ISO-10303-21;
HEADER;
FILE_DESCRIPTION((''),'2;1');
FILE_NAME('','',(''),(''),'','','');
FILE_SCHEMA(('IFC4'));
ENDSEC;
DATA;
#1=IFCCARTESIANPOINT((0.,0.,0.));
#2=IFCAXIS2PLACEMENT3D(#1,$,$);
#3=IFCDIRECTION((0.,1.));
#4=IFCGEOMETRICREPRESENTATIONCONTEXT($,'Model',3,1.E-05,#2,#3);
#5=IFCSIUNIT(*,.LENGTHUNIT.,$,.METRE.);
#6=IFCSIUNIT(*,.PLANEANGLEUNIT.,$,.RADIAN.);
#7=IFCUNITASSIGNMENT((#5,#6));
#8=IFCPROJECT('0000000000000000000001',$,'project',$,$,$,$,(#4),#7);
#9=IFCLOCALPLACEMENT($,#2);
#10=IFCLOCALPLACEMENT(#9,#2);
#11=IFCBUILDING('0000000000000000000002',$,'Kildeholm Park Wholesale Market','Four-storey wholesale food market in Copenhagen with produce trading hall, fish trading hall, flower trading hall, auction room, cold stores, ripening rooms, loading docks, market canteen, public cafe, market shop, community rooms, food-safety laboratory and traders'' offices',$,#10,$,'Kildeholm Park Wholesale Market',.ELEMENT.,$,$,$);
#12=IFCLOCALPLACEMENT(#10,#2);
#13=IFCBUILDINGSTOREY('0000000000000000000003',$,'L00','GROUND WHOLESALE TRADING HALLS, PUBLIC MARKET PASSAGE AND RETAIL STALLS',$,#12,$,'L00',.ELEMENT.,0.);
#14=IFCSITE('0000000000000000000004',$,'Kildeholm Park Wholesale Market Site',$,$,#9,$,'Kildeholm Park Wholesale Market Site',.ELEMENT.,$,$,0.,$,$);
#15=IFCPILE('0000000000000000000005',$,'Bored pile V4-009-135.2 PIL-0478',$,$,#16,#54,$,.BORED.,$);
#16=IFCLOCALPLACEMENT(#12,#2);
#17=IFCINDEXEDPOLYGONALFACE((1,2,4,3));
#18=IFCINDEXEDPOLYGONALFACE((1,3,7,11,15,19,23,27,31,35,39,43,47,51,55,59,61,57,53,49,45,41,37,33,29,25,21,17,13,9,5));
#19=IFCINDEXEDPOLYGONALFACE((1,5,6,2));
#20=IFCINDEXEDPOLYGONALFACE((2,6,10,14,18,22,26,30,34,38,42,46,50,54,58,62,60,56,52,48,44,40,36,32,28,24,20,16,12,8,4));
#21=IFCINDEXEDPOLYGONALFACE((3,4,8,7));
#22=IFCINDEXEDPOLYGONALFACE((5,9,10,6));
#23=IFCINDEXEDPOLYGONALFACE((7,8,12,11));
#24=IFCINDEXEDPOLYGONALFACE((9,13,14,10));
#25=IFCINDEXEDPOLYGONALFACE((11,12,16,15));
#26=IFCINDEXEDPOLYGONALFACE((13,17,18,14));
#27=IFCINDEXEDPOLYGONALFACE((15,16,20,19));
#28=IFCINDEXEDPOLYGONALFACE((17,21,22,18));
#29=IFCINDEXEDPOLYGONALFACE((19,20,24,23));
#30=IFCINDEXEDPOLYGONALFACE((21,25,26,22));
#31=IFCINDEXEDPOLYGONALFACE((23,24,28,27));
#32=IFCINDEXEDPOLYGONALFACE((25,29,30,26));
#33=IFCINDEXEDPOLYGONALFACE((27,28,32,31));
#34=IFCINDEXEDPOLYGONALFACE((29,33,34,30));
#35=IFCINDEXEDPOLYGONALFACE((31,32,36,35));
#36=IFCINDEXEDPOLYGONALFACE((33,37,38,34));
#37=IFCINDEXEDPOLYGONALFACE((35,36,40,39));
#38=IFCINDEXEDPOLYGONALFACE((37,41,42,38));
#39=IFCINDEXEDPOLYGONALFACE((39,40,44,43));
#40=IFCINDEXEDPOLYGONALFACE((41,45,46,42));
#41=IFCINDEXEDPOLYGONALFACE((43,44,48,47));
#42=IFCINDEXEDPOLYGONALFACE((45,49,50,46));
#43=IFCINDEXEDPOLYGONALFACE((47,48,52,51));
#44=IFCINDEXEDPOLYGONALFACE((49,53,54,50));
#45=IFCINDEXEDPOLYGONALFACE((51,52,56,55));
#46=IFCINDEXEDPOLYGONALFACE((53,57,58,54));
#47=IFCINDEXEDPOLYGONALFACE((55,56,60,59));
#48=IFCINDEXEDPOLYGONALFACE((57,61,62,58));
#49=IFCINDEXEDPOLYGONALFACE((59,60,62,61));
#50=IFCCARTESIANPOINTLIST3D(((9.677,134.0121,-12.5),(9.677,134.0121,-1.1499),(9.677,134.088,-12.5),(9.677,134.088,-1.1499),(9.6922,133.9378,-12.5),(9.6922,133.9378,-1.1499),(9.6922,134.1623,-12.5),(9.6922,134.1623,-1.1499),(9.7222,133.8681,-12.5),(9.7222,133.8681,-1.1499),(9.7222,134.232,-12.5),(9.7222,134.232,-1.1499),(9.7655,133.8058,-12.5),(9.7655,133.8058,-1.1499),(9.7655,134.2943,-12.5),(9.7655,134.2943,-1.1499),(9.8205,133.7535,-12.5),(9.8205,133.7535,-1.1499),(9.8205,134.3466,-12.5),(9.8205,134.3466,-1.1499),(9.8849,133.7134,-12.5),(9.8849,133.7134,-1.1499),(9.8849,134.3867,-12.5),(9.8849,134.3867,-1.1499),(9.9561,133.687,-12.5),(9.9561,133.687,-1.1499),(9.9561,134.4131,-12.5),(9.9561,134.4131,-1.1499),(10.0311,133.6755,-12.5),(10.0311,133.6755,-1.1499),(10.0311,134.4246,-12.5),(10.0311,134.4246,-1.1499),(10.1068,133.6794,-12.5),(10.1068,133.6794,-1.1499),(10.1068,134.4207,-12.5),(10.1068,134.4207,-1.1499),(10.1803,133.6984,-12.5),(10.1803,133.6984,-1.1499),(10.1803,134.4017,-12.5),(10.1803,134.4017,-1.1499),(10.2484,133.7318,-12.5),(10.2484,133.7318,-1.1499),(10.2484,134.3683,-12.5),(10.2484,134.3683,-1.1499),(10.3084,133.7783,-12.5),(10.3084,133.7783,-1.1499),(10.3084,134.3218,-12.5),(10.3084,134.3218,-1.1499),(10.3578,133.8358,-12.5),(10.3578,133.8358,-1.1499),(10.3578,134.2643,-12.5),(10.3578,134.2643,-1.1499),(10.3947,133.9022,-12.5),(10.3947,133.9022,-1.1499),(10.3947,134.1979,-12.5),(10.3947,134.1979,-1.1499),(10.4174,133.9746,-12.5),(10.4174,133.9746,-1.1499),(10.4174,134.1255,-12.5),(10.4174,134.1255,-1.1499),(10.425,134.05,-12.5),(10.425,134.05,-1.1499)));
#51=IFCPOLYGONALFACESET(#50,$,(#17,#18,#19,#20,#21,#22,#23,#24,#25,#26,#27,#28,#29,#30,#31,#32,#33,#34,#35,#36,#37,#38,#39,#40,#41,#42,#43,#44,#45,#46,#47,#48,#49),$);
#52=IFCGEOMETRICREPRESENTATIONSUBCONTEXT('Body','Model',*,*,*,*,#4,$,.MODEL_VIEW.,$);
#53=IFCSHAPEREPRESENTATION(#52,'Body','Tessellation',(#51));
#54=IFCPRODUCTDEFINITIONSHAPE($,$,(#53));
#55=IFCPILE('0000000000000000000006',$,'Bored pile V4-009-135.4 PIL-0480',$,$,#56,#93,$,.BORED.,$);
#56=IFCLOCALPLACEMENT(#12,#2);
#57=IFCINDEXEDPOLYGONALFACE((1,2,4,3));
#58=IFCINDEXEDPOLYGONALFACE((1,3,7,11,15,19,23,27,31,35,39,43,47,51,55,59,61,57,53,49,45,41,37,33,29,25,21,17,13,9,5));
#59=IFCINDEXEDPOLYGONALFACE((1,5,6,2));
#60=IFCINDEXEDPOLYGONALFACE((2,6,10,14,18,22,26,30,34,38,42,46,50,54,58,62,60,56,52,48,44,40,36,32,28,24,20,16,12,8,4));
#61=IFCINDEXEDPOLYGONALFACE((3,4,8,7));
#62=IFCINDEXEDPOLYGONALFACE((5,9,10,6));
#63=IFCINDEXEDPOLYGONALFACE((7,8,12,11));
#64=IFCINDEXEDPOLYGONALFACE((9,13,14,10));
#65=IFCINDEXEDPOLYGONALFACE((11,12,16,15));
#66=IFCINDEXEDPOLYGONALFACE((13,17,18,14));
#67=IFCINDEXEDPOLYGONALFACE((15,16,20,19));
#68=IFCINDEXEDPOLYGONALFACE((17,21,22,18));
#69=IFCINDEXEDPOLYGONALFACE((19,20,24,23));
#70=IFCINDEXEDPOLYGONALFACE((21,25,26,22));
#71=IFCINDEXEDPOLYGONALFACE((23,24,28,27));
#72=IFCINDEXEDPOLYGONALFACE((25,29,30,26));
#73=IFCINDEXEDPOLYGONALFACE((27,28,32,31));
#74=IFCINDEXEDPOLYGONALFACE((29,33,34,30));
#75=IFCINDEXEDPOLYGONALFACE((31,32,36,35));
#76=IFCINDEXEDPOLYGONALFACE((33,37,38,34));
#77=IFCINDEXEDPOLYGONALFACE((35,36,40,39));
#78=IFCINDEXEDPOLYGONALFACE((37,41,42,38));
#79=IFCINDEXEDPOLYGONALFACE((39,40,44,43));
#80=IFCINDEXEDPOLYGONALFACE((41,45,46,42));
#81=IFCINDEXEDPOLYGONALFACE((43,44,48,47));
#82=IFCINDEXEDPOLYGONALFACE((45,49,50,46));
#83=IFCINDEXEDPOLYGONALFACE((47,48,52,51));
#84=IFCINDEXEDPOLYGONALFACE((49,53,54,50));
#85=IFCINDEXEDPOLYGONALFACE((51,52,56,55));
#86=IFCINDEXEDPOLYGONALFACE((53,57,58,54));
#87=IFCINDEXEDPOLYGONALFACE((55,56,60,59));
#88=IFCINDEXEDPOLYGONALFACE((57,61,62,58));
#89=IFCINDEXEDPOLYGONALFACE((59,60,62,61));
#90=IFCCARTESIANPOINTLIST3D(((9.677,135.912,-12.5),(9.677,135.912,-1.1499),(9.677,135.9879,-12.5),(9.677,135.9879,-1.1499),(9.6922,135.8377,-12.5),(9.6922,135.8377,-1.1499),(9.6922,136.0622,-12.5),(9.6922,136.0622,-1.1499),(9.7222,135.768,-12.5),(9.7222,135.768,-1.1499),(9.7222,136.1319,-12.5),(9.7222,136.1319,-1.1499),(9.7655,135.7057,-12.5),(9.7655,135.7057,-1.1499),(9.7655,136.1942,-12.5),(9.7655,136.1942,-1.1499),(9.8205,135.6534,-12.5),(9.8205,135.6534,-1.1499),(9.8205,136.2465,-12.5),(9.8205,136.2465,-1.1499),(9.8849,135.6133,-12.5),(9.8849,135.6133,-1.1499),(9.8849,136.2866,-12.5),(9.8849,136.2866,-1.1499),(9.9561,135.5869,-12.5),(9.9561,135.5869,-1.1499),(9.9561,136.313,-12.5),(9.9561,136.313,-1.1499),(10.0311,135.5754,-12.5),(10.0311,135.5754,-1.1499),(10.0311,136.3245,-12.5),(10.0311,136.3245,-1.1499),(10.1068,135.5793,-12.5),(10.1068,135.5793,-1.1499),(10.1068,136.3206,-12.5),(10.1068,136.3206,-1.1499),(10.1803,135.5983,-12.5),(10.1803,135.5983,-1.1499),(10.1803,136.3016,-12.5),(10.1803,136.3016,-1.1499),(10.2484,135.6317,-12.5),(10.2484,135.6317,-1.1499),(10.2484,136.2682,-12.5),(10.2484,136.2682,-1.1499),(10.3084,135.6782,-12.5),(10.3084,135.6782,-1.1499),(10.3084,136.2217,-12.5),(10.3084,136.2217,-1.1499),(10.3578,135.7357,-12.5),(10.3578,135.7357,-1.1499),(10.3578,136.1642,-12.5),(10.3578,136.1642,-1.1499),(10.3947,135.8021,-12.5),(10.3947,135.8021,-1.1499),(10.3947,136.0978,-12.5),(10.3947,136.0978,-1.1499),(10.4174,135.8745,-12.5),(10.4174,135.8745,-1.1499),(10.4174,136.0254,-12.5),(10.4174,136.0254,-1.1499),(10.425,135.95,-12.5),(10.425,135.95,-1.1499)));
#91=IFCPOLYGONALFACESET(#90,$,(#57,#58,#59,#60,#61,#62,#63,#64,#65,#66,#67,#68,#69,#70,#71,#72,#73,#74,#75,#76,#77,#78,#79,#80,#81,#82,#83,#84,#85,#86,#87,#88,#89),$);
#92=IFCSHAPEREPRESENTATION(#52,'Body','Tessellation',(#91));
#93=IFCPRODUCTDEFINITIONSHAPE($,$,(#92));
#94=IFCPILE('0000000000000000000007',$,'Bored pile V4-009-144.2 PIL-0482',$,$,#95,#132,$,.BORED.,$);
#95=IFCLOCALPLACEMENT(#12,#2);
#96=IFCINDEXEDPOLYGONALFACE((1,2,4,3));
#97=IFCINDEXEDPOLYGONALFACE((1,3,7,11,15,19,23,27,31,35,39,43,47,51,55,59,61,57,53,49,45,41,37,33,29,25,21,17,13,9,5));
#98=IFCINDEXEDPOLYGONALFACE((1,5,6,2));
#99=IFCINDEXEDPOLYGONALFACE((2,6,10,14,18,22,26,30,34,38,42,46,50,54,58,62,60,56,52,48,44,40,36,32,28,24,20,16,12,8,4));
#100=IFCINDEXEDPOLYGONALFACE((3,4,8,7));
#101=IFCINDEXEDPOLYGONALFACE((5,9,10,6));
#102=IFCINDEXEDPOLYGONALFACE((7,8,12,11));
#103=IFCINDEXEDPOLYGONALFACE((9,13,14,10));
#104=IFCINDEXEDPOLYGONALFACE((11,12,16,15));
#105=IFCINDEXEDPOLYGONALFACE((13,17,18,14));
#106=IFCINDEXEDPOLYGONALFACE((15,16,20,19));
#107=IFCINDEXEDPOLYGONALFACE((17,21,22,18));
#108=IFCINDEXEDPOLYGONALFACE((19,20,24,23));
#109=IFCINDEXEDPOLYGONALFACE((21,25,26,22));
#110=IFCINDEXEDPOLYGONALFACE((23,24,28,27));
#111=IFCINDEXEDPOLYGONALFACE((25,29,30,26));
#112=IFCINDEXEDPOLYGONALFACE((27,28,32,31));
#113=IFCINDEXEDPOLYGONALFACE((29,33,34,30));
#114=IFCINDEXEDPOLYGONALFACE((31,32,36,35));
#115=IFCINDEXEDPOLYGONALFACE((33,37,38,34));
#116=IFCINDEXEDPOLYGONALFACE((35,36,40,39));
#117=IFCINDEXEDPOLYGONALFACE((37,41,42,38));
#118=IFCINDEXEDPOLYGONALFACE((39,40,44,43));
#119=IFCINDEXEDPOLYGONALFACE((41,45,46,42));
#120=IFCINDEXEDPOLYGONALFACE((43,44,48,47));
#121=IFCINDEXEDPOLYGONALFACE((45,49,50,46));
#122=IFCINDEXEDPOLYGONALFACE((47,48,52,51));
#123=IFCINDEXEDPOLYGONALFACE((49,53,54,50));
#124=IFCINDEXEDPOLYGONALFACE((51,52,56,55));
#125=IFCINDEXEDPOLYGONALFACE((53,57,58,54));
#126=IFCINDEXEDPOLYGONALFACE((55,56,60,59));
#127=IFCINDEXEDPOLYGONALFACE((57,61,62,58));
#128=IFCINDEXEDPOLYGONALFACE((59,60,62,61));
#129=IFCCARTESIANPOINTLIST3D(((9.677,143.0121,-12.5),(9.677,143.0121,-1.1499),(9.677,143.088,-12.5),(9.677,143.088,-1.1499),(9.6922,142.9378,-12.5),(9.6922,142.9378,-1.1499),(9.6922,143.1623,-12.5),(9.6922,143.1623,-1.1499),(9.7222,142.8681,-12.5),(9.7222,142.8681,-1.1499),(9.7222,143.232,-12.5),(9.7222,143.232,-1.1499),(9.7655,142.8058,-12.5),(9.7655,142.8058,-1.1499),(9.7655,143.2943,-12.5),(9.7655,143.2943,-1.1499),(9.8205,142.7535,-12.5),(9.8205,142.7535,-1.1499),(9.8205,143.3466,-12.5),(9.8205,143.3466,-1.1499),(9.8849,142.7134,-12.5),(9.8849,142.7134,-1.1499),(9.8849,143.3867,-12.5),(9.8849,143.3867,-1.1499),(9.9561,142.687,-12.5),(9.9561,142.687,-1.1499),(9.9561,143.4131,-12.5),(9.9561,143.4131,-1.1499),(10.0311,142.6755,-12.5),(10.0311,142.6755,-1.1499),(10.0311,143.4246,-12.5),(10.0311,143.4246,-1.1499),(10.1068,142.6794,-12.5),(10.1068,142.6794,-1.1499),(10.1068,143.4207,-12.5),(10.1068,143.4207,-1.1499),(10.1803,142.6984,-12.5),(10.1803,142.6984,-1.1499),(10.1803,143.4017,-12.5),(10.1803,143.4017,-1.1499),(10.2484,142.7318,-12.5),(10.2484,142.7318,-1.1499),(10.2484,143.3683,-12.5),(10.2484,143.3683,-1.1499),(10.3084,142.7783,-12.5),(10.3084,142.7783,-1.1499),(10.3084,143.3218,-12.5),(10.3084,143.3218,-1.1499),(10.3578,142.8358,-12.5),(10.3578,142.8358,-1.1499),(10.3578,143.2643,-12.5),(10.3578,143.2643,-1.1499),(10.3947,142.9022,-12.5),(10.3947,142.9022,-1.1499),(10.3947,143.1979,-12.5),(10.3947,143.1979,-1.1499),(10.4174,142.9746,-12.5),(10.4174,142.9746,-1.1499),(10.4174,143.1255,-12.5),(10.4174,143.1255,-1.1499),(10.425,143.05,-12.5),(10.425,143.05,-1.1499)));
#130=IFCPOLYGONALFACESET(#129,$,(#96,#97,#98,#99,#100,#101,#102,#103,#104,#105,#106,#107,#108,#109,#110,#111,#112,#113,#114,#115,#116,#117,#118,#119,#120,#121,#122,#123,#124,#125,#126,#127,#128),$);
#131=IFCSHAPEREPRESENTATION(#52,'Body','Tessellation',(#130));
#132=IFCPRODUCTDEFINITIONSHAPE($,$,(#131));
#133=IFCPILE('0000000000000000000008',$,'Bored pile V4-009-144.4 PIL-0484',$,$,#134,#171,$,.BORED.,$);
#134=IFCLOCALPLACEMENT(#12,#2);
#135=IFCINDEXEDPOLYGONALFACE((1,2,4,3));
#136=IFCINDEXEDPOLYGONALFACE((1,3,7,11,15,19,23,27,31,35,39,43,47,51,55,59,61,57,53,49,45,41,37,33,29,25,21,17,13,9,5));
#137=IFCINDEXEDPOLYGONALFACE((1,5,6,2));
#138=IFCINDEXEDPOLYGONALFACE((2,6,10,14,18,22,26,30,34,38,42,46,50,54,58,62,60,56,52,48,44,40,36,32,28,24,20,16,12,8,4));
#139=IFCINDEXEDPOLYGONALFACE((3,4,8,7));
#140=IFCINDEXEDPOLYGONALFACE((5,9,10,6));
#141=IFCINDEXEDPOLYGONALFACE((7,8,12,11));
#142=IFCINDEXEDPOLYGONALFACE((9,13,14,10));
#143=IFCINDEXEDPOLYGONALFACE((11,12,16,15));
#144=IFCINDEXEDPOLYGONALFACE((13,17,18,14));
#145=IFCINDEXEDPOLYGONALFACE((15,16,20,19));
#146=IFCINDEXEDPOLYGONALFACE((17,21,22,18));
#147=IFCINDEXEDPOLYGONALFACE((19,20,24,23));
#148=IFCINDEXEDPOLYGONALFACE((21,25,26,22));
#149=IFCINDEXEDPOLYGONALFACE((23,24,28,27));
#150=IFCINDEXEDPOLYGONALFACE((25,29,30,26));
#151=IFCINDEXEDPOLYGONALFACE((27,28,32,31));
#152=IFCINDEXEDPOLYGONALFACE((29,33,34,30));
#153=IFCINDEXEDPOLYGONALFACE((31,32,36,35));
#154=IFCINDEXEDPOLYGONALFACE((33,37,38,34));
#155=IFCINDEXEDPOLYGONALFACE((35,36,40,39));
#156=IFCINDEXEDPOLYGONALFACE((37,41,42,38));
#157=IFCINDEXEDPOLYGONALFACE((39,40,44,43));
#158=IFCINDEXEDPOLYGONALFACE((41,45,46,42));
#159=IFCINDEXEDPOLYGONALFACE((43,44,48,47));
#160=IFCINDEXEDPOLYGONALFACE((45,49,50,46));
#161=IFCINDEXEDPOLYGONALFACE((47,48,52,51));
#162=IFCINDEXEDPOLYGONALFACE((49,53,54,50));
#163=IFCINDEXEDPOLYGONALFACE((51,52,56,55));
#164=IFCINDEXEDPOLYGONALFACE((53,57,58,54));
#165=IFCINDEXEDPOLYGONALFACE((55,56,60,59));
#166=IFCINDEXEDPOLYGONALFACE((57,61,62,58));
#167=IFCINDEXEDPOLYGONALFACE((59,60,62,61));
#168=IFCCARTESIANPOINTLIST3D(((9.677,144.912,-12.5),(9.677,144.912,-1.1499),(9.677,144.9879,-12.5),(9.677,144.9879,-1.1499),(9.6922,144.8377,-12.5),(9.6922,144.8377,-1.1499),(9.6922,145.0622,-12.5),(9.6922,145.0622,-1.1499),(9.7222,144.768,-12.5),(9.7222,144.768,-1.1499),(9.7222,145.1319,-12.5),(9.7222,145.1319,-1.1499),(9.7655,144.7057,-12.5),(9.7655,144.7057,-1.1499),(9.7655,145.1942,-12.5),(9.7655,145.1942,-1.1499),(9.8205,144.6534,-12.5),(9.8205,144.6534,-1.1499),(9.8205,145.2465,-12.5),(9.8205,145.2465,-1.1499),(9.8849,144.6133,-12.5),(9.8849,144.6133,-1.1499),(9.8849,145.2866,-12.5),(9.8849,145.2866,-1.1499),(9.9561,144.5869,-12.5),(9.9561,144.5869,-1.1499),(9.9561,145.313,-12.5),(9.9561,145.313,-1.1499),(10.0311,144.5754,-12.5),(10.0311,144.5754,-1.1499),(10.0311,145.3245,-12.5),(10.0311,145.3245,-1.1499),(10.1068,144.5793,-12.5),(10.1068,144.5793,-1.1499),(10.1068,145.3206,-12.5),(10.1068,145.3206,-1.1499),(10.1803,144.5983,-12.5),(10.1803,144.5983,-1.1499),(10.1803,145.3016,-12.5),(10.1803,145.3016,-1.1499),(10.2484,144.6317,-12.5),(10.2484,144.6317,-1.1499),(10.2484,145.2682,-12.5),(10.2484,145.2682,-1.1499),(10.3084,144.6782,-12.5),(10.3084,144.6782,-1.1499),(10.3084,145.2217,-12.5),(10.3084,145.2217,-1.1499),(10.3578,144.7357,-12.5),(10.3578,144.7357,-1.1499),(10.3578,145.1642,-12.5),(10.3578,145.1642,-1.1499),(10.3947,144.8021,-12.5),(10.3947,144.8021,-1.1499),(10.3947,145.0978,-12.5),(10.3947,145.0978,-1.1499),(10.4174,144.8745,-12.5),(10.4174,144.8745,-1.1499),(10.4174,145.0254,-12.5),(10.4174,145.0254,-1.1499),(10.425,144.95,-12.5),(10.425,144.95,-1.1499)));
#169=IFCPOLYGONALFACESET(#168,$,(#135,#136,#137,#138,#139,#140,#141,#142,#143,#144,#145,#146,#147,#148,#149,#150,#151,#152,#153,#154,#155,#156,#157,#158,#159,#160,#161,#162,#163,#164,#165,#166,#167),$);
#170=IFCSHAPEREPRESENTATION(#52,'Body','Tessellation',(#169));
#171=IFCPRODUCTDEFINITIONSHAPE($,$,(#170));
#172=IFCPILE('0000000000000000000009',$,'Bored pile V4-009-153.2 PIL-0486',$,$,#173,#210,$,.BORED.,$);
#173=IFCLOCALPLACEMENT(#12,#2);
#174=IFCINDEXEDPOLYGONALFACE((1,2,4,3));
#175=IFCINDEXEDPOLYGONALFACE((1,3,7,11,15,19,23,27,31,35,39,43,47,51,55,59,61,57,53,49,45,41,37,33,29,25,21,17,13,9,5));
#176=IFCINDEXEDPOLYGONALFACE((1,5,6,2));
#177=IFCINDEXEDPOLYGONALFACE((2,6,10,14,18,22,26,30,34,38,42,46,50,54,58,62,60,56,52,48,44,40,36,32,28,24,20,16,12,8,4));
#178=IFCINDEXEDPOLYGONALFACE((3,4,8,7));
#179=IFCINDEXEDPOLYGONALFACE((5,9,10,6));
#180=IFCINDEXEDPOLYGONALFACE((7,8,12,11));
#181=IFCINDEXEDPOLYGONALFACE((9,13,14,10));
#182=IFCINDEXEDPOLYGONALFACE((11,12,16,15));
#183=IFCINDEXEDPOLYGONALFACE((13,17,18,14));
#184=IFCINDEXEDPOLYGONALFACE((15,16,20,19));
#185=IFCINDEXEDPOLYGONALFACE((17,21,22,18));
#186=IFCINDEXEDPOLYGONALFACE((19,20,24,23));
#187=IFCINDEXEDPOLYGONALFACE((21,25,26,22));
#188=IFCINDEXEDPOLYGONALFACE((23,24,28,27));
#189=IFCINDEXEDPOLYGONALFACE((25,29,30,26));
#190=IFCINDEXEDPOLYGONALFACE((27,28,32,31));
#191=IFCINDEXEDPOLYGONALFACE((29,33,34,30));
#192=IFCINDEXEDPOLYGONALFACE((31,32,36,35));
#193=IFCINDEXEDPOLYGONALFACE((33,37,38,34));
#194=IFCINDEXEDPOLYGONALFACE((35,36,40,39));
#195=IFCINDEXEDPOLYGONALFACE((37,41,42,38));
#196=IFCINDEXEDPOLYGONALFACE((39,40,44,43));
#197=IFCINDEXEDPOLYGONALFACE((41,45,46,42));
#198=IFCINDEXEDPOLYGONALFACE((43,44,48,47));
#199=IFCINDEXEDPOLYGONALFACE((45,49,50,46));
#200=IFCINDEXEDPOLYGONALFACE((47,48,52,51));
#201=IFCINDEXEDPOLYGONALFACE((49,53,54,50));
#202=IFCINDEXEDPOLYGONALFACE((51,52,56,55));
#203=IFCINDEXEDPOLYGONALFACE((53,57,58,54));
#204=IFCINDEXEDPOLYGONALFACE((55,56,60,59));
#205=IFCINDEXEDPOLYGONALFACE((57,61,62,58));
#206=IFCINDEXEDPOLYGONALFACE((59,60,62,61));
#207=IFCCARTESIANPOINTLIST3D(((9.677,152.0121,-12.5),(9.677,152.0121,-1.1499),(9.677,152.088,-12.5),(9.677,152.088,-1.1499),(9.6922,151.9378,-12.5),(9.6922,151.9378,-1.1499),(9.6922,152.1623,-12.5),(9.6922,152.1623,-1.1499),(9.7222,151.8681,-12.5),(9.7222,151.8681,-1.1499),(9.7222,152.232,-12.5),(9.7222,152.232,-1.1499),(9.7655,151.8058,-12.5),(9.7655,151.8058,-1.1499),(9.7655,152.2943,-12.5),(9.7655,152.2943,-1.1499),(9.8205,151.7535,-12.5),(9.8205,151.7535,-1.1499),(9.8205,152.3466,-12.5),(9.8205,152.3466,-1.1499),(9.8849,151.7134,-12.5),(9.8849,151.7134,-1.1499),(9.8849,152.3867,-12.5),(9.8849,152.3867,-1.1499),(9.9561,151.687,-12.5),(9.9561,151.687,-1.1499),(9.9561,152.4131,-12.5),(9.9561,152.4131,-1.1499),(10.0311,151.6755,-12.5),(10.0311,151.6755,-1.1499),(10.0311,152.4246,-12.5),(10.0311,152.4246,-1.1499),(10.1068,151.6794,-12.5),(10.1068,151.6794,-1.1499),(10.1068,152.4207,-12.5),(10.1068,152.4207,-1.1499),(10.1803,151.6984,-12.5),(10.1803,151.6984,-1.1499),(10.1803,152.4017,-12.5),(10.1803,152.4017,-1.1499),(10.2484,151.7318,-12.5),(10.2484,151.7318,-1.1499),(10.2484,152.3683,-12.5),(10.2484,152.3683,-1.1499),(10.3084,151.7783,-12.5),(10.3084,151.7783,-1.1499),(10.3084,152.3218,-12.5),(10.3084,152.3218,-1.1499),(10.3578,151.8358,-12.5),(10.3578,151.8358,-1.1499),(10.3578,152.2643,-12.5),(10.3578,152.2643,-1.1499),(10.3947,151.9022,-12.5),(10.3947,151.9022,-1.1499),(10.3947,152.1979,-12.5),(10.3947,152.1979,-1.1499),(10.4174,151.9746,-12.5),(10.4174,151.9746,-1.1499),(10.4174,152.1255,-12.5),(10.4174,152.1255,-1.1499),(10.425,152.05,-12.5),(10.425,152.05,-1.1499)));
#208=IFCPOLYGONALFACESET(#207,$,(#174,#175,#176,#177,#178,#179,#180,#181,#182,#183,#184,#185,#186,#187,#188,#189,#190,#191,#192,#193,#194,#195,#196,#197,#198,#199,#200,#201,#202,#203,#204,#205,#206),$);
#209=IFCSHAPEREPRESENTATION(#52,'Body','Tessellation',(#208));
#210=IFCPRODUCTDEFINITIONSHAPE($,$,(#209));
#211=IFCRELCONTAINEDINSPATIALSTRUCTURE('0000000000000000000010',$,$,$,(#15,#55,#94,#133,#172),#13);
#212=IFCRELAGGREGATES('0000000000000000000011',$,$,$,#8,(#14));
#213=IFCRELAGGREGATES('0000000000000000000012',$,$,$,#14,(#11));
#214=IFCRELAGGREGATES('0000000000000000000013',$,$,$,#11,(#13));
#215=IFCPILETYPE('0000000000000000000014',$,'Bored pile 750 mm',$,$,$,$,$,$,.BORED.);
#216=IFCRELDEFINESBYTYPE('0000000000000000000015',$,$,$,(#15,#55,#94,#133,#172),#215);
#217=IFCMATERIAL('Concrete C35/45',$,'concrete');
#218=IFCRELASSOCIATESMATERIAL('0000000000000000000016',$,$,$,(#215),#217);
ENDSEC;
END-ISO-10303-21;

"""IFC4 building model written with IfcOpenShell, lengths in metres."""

from ifc_helpers import new_model, si_unit, direction, frame, origin, origin_2d, place, context, subcontext, project, spatial, circle, extrude, material, material_profile, profile_set, type_object, element, save


model = new_model("IFC4")

# Units and contexts
model_context = context("Model", 3, precision=1e-05, world=origin(), true_north=direction((0.0, 1.0)))
body_context = subcontext(model_context, "Body", "Model", "MODEL_VIEW")
ifc_project = project(units=[si_unit("LENGTHUNIT", "METRE"), si_unit("PLANEANGLEUNIT", "RADIAN")], contexts=[model_context])

# Site, building, storey
site_placement = place(None, origin())
site = spatial("IfcSite", under=ifc_project, at=site_placement, Name="Kildeholm Park Wholesale Market Site", LongName="Kildeholm Park Wholesale Market Site", CompositionType="ELEMENT", RefElevation=0.0)
building_placement = place(site_placement, origin())
building = spatial("IfcBuilding", under=site, at=building_placement, Name="Kildeholm Park Wholesale Market", Description="Four-storey wholesale food market in Copenhagen with produce trading hall, fish trading hall, flower trading hall, auction room, cold stores, ripening rooms, loading docks, market canteen, public cafe, market shop, community rooms, food-safety laboratory and traders' offices", LongName="Kildeholm Park Wholesale Market", CompositionType="ELEMENT")
storey_placement = place(building_placement, origin())
storey = spatial("IfcBuildingStorey", under=building, at=storey_placement, Name="L00", Description="GROUND WHOLESALE TRADING HALLS, PUBLIC MARKET PASSAGE AND RETAIL STALLS", LongName="L00", CompositionType="ELEMENT", Elevation=0.0)

# Piles
ifc_material_1 = material(Name="Concrete C35/45", Category="concrete")
ifc_material_profile_1 = material_profile(ifc_material_1, circle(Radius=0.375, at=origin_2d()), Name="PILE D750")
ifc_profile_set_1 = profile_set([ifc_material_profile_1], Name="Concrete C35/45")
pile_type = type_object("IfcPileType", Name="Bored pile 750 mm", PredefinedType="BORED", material=ifc_profile_set_1)
for number, where, z_axis, x_axis, name in (
    (1, (10.05, 134.05, -1.1499), (0.0, 0.0, -1.0), (1.0, 0.0, 0.0), "Bored pile V4-009-135.2 PIL-0478"),
    (2, (10.05, 135.95, -1.1499), (0.0, 0.0, -1.0), (1.0, 0.0, 0.0), "Bored pile V4-009-135.4 PIL-0480"),
    (3, (10.05, 143.05, -1.1499), (0.0, 0.0, -1.0), (1.0, 0.0, 0.0), "Bored pile V4-009-144.2 PIL-0482"),
    (4, (10.05, 144.95, -1.1499), (0.0, 0.0, -1.0), (1.0, 0.0, 0.0), "Bored pile V4-009-144.4 PIL-0484"),
    (5, (10.05, 152.05, -1.1499), (0.0, 0.0, -1.0), (1.0, 0.0, 0.0), "Bored pile V4-009-153.2 PIL-0486"),
):
    element("IfcPile", number, at=place(storey_placement, frame(where, z_axis=z_axis, x_axis=x_axis)), inside=storey, type_object=pile_type, Name=name, PredefinedType="BORED", context=body_context, shape_type="SweptSolid", body=[
        extrude(circle(Radius=0.375, at=origin_2d()), origin(), (0.0, 0.0, 1.0), 11.3501),
    ])

save(model, "model.ifc")
